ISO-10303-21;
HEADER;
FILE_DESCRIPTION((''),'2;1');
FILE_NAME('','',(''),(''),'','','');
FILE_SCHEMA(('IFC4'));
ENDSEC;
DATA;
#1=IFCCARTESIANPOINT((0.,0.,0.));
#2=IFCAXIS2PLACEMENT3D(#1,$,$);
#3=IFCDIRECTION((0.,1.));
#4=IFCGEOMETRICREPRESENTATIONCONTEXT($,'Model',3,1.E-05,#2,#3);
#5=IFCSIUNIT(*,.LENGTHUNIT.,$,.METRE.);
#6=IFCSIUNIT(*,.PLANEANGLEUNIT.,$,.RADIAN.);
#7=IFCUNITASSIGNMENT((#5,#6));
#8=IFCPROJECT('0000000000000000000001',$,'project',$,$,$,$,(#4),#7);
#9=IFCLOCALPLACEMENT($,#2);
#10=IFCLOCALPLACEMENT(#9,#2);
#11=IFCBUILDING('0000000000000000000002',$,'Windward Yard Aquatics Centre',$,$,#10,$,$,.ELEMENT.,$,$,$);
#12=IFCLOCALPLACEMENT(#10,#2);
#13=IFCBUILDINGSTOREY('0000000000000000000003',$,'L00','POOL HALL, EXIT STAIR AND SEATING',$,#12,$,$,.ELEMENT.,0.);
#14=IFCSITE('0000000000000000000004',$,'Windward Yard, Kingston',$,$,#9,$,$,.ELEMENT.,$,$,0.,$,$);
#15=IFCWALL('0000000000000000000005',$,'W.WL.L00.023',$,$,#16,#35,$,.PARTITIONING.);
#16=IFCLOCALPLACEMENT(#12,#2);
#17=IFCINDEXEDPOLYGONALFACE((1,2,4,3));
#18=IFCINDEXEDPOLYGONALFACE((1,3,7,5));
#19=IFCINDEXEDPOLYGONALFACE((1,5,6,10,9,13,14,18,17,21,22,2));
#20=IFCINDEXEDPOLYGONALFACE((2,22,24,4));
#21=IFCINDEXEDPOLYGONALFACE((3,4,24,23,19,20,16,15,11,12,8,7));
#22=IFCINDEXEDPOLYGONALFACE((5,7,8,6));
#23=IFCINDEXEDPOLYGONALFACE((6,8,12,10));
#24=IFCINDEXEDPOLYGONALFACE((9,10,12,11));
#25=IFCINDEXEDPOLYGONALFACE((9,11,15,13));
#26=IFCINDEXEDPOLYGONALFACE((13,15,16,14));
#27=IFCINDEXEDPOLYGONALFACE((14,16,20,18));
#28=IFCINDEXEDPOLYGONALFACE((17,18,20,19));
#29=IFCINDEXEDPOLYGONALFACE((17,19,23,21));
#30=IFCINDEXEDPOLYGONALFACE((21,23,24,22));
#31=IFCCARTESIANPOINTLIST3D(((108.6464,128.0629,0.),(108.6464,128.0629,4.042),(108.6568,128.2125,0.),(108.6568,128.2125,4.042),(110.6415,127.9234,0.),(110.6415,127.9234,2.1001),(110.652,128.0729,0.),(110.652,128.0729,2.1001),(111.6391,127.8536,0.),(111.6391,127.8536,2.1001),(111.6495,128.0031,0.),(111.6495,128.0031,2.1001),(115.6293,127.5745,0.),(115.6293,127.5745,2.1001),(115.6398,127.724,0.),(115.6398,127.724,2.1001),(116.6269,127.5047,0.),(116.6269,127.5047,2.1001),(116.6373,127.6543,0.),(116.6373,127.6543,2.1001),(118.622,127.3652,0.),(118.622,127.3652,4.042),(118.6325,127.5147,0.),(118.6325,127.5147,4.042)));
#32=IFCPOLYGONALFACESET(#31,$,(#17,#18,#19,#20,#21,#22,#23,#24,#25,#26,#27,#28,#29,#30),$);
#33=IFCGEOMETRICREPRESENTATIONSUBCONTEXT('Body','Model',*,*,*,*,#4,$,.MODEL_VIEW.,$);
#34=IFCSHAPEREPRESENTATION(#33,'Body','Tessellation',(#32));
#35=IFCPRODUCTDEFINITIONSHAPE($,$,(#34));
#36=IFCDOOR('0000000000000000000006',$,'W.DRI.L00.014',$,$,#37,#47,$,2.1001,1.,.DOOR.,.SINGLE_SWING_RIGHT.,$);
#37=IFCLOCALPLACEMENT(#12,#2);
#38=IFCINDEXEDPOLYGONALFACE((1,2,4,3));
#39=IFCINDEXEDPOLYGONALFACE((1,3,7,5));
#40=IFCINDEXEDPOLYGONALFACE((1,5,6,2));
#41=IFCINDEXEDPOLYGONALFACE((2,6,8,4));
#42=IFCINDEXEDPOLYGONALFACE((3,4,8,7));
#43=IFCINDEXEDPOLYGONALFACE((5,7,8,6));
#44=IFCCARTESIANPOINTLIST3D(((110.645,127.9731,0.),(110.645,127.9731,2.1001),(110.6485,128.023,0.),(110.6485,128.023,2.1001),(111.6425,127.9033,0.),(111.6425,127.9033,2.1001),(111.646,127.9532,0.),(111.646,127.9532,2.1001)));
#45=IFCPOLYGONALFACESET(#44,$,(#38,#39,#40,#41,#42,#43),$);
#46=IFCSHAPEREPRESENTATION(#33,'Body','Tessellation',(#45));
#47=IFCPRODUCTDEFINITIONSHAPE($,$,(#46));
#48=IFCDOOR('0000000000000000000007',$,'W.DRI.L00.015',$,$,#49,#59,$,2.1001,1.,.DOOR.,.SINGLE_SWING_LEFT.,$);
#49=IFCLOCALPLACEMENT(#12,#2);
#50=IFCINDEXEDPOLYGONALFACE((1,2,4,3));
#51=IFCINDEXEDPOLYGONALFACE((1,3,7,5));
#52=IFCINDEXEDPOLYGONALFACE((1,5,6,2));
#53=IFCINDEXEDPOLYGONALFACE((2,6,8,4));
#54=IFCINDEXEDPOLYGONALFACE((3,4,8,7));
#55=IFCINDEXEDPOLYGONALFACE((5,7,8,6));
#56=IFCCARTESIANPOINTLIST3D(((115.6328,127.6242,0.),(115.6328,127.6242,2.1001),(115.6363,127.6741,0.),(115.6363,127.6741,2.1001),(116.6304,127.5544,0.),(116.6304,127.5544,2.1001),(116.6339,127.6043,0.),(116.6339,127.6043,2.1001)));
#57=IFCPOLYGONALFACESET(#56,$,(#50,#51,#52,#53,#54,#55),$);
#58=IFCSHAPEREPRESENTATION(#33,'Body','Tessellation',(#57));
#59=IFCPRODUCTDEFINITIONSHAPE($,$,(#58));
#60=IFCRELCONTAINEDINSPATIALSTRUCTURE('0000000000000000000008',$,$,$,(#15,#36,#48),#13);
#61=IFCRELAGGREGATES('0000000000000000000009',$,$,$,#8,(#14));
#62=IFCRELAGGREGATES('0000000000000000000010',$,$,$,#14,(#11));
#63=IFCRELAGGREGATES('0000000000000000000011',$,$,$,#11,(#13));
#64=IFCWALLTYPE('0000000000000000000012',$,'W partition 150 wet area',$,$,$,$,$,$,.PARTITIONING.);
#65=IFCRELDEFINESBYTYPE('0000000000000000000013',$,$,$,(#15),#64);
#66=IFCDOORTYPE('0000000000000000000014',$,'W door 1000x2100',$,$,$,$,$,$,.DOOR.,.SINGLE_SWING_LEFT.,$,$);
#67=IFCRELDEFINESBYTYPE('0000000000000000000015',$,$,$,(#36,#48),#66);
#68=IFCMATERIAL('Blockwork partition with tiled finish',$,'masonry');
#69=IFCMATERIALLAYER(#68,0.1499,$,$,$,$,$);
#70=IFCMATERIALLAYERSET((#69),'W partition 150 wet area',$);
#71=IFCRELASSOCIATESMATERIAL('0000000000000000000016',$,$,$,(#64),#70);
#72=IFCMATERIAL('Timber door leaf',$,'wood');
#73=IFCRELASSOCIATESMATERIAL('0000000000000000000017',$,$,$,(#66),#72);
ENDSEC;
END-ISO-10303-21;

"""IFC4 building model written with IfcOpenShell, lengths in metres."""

from ifc_helpers import new_model, si_unit, direction, frame, frame_2d, origin, place, context, subcontext, project, spatial, rectangle, extrude, material, layer, layer_set, type_object, element, fill, save


model = new_model("IFC4")

# Units and contexts
model_context = context("Model", 3, precision=1e-05, world=origin(), true_north=direction((0.0, 1.0)))
body_context = subcontext(model_context, "Body", "Model", "MODEL_VIEW")
ifc_project = project(units=[si_unit("LENGTHUNIT", "METRE"), si_unit("PLANEANGLEUNIT", "RADIAN")], contexts=[model_context])

# Site, building, storey
site_placement = place(None, origin())
site = spatial("IfcSite", under=ifc_project, at=site_placement, Name="Windward Yard, Kingston", CompositionType="ELEMENT", RefElevation=0.0)
building_placement = place(site_placement, origin())
building = spatial("IfcBuilding", under=site, at=building_placement, Name="Windward Yard Aquatics Centre", CompositionType="ELEMENT")
storey_placement = place(building_placement, origin())
storey = spatial("IfcBuildingStorey", under=building, at=storey_placement, Name="L00", Description="POOL HALL, EXIT STAIR AND SEATING", CompositionType="ELEMENT", Elevation=0.0)

# Shared definitions
ifc_material_1 = material(Name="Blockwork partition with tiled finish", Category="masonry")
ifc_layer_1 = layer(ifc_material_1, 0.1499)
ifc_layer_set_1 = layer_set([ifc_layer_1], Name="W partition 150 wet area")
wall_type_1 = type_object("IfcWallType", Name="W partition 150 wet area", PredefinedType="PARTITIONING", material=ifc_layer_set_1)

# Wall, openings, doors
wall_1_placement = place(storey_placement, frame((108.6516, 128.1377, 0.0), z_axis=(0.0, 0.0, 1.0), x_axis=(0.997563, -0.069776, 0.0)))
wall_1 = element("IfcWall", 1, at=wall_1_placement, inside=storey, type_object=wall_type_1, Name="W.WL.L00.023", PredefinedType="PARTITIONING", context=body_context, shape_type="SweptSolid", body=[
    extrude(rectangle(XDim=10.0, YDim=0.1499, at=frame_2d((5.0, 0.0))), origin(), (0.0, 0.0, 1.0), 4.042),
])
opening_1_placement = place(wall_1_placement, frame((2.0, 0.0, 0.0)))
opening_1 = element("IfcOpeningElement", 2, at=opening_1_placement, cuts=wall_1, PredefinedType="OPENING", context=body_context, shape_type="SweptSolid", body=[
    extrude(rectangle(XDim=1.0, YDim=2.1001, at=frame_2d((0.5, 1.05))), frame((0.0, 0.085, 0.0), z_axis=(0.0, -1.0, 0.0), x_axis=(1.0, 0.0, 0.0)), (0.0, 0.0, 1.0), 0.1699),
])
opening_2_placement = place(wall_1_placement, frame((7.0, 0.0, 0.0)))
opening_2 = element("IfcOpeningElement", 3, at=opening_2_placement, cuts=wall_1, PredefinedType="OPENING", context=body_context, shape_type="SweptSolid", body=[
    extrude(rectangle(XDim=1.0, YDim=2.1001, at=frame_2d((0.5, 1.05))), frame((0.0, 0.085, 0.0), z_axis=(0.0, -1.0, 0.0), x_axis=(1.0, 0.0, 0.0)), (0.0, 0.0, 1.0), 0.1699),
])
ifc_material_2 = material(Name="Timber door leaf", Category="wood")
door_type_1 = type_object("IfcDoorType", Name="W door 1000x2100", OperationType="SINGLE_SWING_LEFT", PredefinedType="DOOR", material=ifc_material_2)
door_1_placement = place(opening_1_placement, origin())
door_1 = element("IfcDoor", 4, at=door_1_placement, inside=storey, type_object=door_type_1, Name="W.DRI.L00.014", OperationType="SINGLE_SWING_RIGHT", OverallHeight=2.1001, OverallWidth=1.0, PredefinedType="DOOR", context=body_context, shape_type="SweptSolid", body=[
    extrude(rectangle(XDim=1.0, YDim=2.1001, at=frame_2d((0.5, 1.05))), frame((0.0, 0.0249, 0.0), z_axis=(0.0, -1.0, 0.0), x_axis=(1.0, 0.0, 0.0)), (0.0, 0.0, 1.0), 0.05),
])
fill(opening_1, door_1)
door_2_placement = place(opening_2_placement, origin())
door_2 = element("IfcDoor", 5, at=door_2_placement, inside=storey, type_object=door_type_1, Name="W.DRI.L00.015", OperationType="SINGLE_SWING_LEFT", OverallHeight=2.1001, OverallWidth=1.0, PredefinedType="DOOR", context=body_context, shape_type="SweptSolid", body=[
    extrude(rectangle(XDim=1.0, YDim=2.1001, at=frame_2d((0.5, 1.05))), frame((0.0, 0.0249, 0.0), z_axis=(0.0, -1.0, 0.0), x_axis=(1.0, 0.0, 0.0)), (0.0, 0.0, 1.0), 0.05),
])
fill(opening_2, door_2)

save(model, "model.ifc")
